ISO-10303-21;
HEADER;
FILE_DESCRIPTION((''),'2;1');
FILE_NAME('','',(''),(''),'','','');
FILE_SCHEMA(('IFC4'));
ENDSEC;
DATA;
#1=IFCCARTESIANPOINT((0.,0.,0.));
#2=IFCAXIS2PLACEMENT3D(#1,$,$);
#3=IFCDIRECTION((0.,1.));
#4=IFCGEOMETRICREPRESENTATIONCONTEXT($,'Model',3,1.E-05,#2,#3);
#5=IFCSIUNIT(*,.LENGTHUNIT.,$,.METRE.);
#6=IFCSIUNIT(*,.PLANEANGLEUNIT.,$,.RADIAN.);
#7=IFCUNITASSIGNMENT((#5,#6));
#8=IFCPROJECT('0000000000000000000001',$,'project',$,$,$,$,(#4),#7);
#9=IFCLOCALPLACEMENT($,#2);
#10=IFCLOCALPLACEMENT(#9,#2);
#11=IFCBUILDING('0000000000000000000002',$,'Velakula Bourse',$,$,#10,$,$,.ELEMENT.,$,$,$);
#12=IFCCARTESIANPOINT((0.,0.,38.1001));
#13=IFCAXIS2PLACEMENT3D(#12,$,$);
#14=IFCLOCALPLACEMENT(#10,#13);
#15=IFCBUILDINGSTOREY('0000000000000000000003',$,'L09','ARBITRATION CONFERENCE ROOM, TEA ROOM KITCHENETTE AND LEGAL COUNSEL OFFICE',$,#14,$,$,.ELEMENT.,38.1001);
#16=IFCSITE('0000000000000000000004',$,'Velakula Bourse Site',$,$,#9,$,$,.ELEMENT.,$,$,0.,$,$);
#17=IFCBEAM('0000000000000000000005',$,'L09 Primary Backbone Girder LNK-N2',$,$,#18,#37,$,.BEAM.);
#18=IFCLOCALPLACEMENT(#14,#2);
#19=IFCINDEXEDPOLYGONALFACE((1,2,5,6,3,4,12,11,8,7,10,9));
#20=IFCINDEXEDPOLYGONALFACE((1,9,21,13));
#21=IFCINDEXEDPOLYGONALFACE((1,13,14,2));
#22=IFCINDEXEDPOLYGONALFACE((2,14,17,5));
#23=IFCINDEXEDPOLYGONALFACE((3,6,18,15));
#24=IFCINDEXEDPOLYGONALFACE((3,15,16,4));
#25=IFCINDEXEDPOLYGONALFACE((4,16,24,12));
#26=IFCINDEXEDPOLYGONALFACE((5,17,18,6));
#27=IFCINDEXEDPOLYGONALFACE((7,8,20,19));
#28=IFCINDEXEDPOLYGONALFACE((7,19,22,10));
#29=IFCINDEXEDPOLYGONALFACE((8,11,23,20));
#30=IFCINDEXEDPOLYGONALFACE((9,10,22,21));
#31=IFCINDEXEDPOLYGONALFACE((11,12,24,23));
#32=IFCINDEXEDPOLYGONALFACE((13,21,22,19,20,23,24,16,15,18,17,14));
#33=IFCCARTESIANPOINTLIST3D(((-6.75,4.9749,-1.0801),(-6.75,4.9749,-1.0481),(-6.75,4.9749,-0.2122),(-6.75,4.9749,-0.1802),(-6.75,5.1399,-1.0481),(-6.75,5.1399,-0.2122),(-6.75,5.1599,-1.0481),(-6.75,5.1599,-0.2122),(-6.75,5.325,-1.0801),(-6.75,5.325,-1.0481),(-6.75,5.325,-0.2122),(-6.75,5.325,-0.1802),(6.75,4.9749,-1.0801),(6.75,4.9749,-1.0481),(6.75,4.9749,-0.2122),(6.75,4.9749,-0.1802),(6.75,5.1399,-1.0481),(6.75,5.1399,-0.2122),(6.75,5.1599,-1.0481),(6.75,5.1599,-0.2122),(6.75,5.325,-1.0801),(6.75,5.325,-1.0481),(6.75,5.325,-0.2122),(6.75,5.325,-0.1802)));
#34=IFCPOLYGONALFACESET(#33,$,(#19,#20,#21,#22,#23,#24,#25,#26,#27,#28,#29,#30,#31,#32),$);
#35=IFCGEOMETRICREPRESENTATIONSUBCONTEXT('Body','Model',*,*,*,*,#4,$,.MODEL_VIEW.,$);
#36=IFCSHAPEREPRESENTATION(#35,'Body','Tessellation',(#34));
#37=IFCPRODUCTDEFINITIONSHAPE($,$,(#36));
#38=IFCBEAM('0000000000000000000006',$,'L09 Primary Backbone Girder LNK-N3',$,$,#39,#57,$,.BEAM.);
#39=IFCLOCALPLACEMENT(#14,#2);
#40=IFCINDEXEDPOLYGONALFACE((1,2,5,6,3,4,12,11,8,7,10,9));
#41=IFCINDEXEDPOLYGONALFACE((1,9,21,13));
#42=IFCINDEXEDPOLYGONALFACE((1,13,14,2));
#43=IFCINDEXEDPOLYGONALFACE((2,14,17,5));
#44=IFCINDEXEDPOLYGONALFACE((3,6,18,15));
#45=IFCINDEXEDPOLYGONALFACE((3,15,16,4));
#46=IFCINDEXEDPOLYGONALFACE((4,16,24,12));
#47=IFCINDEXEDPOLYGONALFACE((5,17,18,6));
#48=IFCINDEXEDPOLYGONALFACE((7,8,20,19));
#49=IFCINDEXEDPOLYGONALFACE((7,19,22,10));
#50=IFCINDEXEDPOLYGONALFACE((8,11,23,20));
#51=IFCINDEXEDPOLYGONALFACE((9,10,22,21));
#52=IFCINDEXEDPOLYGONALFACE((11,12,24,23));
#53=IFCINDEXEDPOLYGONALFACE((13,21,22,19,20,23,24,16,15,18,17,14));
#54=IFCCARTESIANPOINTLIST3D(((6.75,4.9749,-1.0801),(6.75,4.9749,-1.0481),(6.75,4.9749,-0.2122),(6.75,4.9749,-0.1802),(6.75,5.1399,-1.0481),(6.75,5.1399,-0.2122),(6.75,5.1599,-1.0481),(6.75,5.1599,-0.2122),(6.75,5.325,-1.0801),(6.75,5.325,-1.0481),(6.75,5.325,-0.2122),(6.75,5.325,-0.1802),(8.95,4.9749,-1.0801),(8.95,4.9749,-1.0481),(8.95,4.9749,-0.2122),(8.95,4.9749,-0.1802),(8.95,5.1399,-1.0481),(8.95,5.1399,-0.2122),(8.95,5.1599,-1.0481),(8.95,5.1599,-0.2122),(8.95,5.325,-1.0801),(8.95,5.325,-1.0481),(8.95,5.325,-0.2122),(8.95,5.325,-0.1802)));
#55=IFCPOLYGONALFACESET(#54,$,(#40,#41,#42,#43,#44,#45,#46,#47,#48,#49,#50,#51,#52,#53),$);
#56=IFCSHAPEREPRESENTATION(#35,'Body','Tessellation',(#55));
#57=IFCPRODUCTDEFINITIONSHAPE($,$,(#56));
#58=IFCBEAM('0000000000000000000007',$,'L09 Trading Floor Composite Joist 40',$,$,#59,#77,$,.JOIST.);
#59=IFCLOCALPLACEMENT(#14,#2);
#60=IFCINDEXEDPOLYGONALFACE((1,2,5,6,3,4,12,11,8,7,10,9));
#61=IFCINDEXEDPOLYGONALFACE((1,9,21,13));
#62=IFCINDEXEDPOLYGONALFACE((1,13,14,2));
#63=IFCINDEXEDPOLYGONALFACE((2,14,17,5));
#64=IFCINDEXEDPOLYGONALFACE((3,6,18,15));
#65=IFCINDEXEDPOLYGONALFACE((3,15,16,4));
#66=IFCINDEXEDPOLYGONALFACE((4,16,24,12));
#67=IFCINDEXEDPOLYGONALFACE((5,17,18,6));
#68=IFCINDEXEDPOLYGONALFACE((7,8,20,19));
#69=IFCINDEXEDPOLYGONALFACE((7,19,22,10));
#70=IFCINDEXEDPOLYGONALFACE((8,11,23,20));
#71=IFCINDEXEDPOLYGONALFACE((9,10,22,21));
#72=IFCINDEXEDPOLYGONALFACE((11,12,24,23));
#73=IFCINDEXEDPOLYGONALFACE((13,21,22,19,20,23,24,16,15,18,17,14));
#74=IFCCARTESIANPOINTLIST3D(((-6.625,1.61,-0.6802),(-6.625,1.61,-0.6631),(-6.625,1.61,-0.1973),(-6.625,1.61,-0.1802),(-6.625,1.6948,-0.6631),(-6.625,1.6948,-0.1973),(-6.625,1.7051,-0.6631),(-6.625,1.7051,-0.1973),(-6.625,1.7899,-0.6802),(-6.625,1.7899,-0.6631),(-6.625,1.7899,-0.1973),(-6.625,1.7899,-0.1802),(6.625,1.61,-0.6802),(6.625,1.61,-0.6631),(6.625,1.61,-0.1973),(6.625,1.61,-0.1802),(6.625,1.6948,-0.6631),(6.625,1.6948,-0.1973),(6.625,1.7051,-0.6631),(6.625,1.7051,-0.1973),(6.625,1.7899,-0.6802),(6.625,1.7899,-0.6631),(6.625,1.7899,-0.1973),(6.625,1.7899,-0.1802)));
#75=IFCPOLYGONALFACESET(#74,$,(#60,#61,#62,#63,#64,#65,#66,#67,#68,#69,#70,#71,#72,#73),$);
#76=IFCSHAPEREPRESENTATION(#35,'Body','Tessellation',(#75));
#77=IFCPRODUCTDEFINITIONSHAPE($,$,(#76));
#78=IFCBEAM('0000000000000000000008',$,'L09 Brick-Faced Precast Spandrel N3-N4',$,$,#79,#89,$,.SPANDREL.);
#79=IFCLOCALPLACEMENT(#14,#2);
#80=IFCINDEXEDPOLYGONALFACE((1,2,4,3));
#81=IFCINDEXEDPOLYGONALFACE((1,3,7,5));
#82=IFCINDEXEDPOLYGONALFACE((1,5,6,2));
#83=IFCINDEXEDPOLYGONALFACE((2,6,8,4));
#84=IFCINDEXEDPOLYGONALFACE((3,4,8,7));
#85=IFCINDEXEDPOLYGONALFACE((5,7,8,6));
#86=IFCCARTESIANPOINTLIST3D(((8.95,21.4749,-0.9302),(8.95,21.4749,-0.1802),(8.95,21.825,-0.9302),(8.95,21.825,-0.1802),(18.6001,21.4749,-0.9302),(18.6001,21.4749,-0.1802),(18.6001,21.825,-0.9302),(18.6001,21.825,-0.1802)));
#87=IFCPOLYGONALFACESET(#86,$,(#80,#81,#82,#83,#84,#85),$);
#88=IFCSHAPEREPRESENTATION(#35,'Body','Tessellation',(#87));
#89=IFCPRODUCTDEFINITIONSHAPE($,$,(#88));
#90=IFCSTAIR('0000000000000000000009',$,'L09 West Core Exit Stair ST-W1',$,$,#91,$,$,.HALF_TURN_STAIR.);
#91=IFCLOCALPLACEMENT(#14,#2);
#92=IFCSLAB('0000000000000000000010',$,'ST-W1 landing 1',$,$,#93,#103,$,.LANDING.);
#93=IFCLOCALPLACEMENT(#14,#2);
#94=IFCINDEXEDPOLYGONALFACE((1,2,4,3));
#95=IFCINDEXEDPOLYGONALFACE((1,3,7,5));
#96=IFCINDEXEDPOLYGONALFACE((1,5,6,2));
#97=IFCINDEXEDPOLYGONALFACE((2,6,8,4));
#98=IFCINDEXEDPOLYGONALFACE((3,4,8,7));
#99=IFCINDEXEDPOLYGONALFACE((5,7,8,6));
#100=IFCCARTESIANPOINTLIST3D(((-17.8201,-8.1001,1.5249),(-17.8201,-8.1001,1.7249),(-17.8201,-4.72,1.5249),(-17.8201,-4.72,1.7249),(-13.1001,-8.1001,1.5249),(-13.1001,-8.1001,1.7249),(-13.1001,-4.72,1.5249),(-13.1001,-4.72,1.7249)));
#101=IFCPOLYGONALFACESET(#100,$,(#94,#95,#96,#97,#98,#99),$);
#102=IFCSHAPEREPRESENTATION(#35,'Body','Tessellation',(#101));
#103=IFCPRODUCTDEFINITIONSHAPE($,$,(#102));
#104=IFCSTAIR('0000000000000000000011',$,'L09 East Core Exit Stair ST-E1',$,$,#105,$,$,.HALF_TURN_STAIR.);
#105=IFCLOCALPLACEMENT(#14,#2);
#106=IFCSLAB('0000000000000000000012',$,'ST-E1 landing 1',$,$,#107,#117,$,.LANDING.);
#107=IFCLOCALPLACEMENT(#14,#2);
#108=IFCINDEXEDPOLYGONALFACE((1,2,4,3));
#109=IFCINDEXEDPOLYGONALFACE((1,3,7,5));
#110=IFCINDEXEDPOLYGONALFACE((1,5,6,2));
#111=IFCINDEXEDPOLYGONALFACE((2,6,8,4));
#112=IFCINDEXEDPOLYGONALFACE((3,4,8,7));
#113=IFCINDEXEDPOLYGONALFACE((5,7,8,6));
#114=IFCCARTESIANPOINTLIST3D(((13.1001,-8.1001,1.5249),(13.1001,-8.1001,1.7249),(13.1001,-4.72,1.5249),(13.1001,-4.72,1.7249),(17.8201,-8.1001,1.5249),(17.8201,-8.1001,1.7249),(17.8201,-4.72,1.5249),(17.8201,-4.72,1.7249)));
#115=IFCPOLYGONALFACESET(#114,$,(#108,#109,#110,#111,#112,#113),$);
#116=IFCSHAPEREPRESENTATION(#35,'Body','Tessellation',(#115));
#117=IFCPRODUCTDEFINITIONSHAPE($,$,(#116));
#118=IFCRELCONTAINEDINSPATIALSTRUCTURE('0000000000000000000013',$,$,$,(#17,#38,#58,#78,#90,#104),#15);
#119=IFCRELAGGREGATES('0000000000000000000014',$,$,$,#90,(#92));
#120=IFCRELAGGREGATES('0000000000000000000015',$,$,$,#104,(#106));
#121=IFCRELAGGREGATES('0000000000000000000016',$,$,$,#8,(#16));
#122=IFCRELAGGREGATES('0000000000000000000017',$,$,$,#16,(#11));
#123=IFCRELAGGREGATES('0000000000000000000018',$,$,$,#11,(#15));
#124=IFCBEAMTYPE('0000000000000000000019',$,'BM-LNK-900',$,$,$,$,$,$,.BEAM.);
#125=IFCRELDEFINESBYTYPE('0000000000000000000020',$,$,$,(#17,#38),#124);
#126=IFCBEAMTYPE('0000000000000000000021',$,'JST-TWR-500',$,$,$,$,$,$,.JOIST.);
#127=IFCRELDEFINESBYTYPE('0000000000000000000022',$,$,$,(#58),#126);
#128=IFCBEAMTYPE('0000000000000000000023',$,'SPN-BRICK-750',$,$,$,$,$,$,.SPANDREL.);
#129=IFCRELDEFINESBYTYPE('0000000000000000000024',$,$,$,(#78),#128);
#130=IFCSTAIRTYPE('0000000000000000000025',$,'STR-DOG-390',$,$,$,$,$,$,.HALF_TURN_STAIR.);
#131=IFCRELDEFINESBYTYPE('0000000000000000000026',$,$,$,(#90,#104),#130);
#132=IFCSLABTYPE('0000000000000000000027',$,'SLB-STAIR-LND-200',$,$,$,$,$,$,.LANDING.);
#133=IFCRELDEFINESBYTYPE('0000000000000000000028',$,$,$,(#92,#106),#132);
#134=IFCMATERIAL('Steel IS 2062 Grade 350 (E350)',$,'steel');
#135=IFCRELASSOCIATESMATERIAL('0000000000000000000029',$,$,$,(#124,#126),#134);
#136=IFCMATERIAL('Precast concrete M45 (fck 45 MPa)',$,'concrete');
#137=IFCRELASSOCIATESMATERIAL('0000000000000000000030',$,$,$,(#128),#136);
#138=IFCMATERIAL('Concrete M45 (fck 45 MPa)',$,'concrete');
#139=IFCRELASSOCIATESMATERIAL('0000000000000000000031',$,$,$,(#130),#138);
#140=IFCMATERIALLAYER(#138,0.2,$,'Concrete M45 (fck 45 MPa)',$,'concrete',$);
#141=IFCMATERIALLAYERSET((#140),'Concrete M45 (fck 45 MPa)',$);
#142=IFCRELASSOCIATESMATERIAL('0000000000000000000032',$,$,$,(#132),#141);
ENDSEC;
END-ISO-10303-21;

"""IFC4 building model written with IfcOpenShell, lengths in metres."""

from ifc_helpers import new_model, si_unit, direction, frame, origin, origin_2d, place, context, subcontext, project, spatial, polyline, rectangle, i_section, outline, extrude, material, layer, layer_set, material_profile, profile_set, type_object, element, aggregate, save


model = new_model("IFC4")

# Units and contexts
model_context = context("Model", 3, precision=1e-05, world=origin(), true_north=direction((0.0, 1.0)))
body_context = subcontext(model_context, "Body", "Model", "MODEL_VIEW")
ifc_project = project(units=[si_unit("LENGTHUNIT", "METRE"), si_unit("PLANEANGLEUNIT", "RADIAN")], contexts=[model_context])

# Site, building, storey
site_placement = place(None, origin())
site = spatial("IfcSite", under=ifc_project, at=site_placement, Name="Velakula Bourse Site", CompositionType="ELEMENT", RefElevation=0.0)
building_placement = place(site_placement, origin())
building = spatial("IfcBuilding", under=site, at=building_placement, Name="Velakula Bourse", CompositionType="ELEMENT")
storey_placement = place(building_placement, frame((0.0, 0.0, 38.1001)))
storey = spatial("IfcBuildingStorey", under=building, at=storey_placement, Name="L09", Description="ARBITRATION CONFERENCE ROOM, TEA ROOM KITCHENETTE AND LEGAL COUNSEL OFFICE", CompositionType="ELEMENT", Elevation=38.1001)

# Beams
ifc_material_1 = material(Name="Steel IS 2062 Grade 350 (E350)", Category="steel")
ifc_material_profile_1 = material_profile(ifc_material_1, i_section(OverallWidth=0.3501, OverallDepth=0.8999, WebThickness=0.02, FlangeThickness=0.032, at=origin_2d()), Name="Steel IS 2062 Grade 350 (E350)")
ifc_profile_set_1 = profile_set([ifc_material_profile_1], Name="Steel IS 2062 Grade 350 (E350)")
beam_type_1 = type_object("IfcBeamType", Name="BM-LNK-900", PredefinedType="BEAM", material=ifc_profile_set_1)
beam_1_placement = place(storey_placement, frame((-6.75, 5.1499, -0.6301), z_axis=(1.0, 0.0, 0.0), x_axis=(0.0, 1.0, 0.0)))
element("IfcBeam", 1, at=beam_1_placement, inside=storey, type_object=beam_type_1, Name="L09 Primary Backbone Girder LNK-N2", PredefinedType="BEAM", context=body_context, shape_type="SweptSolid", body=[
    extrude(i_section(OverallWidth=0.3501, OverallDepth=0.8999, WebThickness=0.02, FlangeThickness=0.032, at=origin_2d()), origin(), (0.0, 0.0, 1.0), 13.5),
])
beam_2_placement = place(storey_placement, frame((6.75, 5.1499, -0.6301), z_axis=(1.0, 0.0, 0.0), x_axis=(0.0, 1.0, 0.0)))
element("IfcBeam", 2, at=beam_2_placement, inside=storey, type_object=beam_type_1, Name="L09 Primary Backbone Girder LNK-N3", PredefinedType="BEAM", context=body_context, shape_type="SweptSolid", body=[
    extrude(i_section(OverallWidth=0.3501, OverallDepth=0.8999, WebThickness=0.02, FlangeThickness=0.032, at=origin_2d()), origin(), (0.0, 0.0, 1.0), 2.2),
])
ifc_material_profile_2 = material_profile(ifc_material_1, i_section(OverallWidth=0.1799, OverallDepth=0.5, WebThickness=0.0103, FlangeThickness=0.0171, at=origin_2d()), Name="Steel IS 2062 Grade 350 (E350)")
ifc_profile_set_2 = profile_set([ifc_material_profile_2], Name="Steel IS 2062 Grade 350 (E350)")
beam_type_2 = type_object("IfcBeamType", Name="JST-TWR-500", PredefinedType="JOIST", material=ifc_profile_set_2)
beam_3_placement = place(storey_placement, frame((-6.625, 1.7, -0.4302), z_axis=(1.0, 0.0, 0.0), x_axis=(0.0, 1.0, 0.0)))
element("IfcBeam", 3, at=beam_3_placement, inside=storey, type_object=beam_type_2, Name="L09 Trading Floor Composite Joist 40", PredefinedType="JOIST", context=body_context, shape_type="SweptSolid", body=[
    extrude(i_section(OverallWidth=0.1799, OverallDepth=0.5, WebThickness=0.0103, FlangeThickness=0.0171, at=origin_2d()), origin(), (0.0, 0.0, 1.0), 13.25),
])
ifc_material_2 = material(Name="Precast concrete M45 (fck 45 MPa)", Category="concrete")
ifc_material_profile_3 = material_profile(ifc_material_2, rectangle(XDim=0.3501, YDim=0.75, at=origin_2d()), Name="Precast concrete M45 (fck 45 MPa)")
ifc_profile_set_3 = profile_set([ifc_material_profile_3], Name="Precast concrete M45 (fck 45 MPa)")
beam_type_3 = type_object("IfcBeamType", Name="SPN-BRICK-750", PredefinedType="SPANDREL", material=ifc_profile_set_3)
beam_4_placement = place(storey_placement, frame((8.95, 21.6499, -0.5552), z_axis=(1.0, 0.0, 0.0), x_axis=(0.0, 1.0, 0.0)))
element("IfcBeam", 4, at=beam_4_placement, inside=storey, type_object=beam_type_3, Name="L09 Brick-Faced Precast Spandrel N3-N4", PredefinedType="SPANDREL", context=body_context, shape_type="SweptSolid", body=[
    extrude(rectangle(XDim=0.3501, YDim=0.75, at=origin_2d()), origin(), (0.0, 0.0, 1.0), 9.6501),
])

# Stairs, slabs
ifc_material_3 = material(Name="Concrete M45 (fck 45 MPa)", Category="concrete")
stair_type = type_object("IfcStairType", Name="STR-DOG-390", PredefinedType="HALF_TURN_STAIR", material=ifc_material_3)
stair_1_placement = place(storey_placement, origin())
stair_1 = element("IfcStair", 5, at=stair_1_placement, inside=storey, type_object=stair_type, Name="L09 West Core Exit Stair ST-W1", PredefinedType="HALF_TURN_STAIR")
ifc_layer_1 = layer(ifc_material_3, 0.2, Name="Concrete M45 (fck 45 MPa)", Category="concrete")
ifc_layer_set_1 = layer_set([ifc_layer_1], Name="Concrete M45 (fck 45 MPa)")
slab_type_1 = type_object("IfcSlabType", Name="SLB-STAIR-LND-200", PredefinedType="LANDING", material=ifc_layer_set_1)
slab_1_placement = place(storey_placement, frame((0.0, 0.0, 1.5249)))
slab_1 = element("IfcSlab", 6, at=slab_1_placement, type_object=slab_type_1, Name="ST-W1 landing 1", PredefinedType="LANDING", context=body_context, shape_type="SweptSolid", body=[
    extrude(outline(polyline([(-17.8201, -4.72), (-17.8201, -8.1001), (-13.1001, -8.1001), (-13.1001, -4.72), (-17.8201, -4.72)])), origin(), (0.0, 0.0, 1.0), 0.2),
])
aggregate(stair_1, [slab_1])
stair_2_placement = place(storey_placement, origin())
stair_2 = element("IfcStair", 7, at=stair_2_placement, inside=storey, type_object=stair_type, Name="L09 East Core Exit Stair ST-E1", PredefinedType="HALF_TURN_STAIR")
slab_2_placement = place(storey_placement, frame((0.0, 0.0, 1.5249)))
slab_2 = element("IfcSlab", 8, at=slab_2_placement, type_object=slab_type_1, Name="ST-E1 landing 1", PredefinedType="LANDING", context=body_context, shape_type="SweptSolid", body=[
    extrude(outline(polyline([(13.1001, -4.72), (13.1001, -8.1001), (17.8201, -8.1001), (17.8201, -4.72), (13.1001, -4.72)])), origin(), (0.0, 0.0, 1.0), 0.2),
])
aggregate(stair_2, [slab_2])

save(model, "model.ifc")
